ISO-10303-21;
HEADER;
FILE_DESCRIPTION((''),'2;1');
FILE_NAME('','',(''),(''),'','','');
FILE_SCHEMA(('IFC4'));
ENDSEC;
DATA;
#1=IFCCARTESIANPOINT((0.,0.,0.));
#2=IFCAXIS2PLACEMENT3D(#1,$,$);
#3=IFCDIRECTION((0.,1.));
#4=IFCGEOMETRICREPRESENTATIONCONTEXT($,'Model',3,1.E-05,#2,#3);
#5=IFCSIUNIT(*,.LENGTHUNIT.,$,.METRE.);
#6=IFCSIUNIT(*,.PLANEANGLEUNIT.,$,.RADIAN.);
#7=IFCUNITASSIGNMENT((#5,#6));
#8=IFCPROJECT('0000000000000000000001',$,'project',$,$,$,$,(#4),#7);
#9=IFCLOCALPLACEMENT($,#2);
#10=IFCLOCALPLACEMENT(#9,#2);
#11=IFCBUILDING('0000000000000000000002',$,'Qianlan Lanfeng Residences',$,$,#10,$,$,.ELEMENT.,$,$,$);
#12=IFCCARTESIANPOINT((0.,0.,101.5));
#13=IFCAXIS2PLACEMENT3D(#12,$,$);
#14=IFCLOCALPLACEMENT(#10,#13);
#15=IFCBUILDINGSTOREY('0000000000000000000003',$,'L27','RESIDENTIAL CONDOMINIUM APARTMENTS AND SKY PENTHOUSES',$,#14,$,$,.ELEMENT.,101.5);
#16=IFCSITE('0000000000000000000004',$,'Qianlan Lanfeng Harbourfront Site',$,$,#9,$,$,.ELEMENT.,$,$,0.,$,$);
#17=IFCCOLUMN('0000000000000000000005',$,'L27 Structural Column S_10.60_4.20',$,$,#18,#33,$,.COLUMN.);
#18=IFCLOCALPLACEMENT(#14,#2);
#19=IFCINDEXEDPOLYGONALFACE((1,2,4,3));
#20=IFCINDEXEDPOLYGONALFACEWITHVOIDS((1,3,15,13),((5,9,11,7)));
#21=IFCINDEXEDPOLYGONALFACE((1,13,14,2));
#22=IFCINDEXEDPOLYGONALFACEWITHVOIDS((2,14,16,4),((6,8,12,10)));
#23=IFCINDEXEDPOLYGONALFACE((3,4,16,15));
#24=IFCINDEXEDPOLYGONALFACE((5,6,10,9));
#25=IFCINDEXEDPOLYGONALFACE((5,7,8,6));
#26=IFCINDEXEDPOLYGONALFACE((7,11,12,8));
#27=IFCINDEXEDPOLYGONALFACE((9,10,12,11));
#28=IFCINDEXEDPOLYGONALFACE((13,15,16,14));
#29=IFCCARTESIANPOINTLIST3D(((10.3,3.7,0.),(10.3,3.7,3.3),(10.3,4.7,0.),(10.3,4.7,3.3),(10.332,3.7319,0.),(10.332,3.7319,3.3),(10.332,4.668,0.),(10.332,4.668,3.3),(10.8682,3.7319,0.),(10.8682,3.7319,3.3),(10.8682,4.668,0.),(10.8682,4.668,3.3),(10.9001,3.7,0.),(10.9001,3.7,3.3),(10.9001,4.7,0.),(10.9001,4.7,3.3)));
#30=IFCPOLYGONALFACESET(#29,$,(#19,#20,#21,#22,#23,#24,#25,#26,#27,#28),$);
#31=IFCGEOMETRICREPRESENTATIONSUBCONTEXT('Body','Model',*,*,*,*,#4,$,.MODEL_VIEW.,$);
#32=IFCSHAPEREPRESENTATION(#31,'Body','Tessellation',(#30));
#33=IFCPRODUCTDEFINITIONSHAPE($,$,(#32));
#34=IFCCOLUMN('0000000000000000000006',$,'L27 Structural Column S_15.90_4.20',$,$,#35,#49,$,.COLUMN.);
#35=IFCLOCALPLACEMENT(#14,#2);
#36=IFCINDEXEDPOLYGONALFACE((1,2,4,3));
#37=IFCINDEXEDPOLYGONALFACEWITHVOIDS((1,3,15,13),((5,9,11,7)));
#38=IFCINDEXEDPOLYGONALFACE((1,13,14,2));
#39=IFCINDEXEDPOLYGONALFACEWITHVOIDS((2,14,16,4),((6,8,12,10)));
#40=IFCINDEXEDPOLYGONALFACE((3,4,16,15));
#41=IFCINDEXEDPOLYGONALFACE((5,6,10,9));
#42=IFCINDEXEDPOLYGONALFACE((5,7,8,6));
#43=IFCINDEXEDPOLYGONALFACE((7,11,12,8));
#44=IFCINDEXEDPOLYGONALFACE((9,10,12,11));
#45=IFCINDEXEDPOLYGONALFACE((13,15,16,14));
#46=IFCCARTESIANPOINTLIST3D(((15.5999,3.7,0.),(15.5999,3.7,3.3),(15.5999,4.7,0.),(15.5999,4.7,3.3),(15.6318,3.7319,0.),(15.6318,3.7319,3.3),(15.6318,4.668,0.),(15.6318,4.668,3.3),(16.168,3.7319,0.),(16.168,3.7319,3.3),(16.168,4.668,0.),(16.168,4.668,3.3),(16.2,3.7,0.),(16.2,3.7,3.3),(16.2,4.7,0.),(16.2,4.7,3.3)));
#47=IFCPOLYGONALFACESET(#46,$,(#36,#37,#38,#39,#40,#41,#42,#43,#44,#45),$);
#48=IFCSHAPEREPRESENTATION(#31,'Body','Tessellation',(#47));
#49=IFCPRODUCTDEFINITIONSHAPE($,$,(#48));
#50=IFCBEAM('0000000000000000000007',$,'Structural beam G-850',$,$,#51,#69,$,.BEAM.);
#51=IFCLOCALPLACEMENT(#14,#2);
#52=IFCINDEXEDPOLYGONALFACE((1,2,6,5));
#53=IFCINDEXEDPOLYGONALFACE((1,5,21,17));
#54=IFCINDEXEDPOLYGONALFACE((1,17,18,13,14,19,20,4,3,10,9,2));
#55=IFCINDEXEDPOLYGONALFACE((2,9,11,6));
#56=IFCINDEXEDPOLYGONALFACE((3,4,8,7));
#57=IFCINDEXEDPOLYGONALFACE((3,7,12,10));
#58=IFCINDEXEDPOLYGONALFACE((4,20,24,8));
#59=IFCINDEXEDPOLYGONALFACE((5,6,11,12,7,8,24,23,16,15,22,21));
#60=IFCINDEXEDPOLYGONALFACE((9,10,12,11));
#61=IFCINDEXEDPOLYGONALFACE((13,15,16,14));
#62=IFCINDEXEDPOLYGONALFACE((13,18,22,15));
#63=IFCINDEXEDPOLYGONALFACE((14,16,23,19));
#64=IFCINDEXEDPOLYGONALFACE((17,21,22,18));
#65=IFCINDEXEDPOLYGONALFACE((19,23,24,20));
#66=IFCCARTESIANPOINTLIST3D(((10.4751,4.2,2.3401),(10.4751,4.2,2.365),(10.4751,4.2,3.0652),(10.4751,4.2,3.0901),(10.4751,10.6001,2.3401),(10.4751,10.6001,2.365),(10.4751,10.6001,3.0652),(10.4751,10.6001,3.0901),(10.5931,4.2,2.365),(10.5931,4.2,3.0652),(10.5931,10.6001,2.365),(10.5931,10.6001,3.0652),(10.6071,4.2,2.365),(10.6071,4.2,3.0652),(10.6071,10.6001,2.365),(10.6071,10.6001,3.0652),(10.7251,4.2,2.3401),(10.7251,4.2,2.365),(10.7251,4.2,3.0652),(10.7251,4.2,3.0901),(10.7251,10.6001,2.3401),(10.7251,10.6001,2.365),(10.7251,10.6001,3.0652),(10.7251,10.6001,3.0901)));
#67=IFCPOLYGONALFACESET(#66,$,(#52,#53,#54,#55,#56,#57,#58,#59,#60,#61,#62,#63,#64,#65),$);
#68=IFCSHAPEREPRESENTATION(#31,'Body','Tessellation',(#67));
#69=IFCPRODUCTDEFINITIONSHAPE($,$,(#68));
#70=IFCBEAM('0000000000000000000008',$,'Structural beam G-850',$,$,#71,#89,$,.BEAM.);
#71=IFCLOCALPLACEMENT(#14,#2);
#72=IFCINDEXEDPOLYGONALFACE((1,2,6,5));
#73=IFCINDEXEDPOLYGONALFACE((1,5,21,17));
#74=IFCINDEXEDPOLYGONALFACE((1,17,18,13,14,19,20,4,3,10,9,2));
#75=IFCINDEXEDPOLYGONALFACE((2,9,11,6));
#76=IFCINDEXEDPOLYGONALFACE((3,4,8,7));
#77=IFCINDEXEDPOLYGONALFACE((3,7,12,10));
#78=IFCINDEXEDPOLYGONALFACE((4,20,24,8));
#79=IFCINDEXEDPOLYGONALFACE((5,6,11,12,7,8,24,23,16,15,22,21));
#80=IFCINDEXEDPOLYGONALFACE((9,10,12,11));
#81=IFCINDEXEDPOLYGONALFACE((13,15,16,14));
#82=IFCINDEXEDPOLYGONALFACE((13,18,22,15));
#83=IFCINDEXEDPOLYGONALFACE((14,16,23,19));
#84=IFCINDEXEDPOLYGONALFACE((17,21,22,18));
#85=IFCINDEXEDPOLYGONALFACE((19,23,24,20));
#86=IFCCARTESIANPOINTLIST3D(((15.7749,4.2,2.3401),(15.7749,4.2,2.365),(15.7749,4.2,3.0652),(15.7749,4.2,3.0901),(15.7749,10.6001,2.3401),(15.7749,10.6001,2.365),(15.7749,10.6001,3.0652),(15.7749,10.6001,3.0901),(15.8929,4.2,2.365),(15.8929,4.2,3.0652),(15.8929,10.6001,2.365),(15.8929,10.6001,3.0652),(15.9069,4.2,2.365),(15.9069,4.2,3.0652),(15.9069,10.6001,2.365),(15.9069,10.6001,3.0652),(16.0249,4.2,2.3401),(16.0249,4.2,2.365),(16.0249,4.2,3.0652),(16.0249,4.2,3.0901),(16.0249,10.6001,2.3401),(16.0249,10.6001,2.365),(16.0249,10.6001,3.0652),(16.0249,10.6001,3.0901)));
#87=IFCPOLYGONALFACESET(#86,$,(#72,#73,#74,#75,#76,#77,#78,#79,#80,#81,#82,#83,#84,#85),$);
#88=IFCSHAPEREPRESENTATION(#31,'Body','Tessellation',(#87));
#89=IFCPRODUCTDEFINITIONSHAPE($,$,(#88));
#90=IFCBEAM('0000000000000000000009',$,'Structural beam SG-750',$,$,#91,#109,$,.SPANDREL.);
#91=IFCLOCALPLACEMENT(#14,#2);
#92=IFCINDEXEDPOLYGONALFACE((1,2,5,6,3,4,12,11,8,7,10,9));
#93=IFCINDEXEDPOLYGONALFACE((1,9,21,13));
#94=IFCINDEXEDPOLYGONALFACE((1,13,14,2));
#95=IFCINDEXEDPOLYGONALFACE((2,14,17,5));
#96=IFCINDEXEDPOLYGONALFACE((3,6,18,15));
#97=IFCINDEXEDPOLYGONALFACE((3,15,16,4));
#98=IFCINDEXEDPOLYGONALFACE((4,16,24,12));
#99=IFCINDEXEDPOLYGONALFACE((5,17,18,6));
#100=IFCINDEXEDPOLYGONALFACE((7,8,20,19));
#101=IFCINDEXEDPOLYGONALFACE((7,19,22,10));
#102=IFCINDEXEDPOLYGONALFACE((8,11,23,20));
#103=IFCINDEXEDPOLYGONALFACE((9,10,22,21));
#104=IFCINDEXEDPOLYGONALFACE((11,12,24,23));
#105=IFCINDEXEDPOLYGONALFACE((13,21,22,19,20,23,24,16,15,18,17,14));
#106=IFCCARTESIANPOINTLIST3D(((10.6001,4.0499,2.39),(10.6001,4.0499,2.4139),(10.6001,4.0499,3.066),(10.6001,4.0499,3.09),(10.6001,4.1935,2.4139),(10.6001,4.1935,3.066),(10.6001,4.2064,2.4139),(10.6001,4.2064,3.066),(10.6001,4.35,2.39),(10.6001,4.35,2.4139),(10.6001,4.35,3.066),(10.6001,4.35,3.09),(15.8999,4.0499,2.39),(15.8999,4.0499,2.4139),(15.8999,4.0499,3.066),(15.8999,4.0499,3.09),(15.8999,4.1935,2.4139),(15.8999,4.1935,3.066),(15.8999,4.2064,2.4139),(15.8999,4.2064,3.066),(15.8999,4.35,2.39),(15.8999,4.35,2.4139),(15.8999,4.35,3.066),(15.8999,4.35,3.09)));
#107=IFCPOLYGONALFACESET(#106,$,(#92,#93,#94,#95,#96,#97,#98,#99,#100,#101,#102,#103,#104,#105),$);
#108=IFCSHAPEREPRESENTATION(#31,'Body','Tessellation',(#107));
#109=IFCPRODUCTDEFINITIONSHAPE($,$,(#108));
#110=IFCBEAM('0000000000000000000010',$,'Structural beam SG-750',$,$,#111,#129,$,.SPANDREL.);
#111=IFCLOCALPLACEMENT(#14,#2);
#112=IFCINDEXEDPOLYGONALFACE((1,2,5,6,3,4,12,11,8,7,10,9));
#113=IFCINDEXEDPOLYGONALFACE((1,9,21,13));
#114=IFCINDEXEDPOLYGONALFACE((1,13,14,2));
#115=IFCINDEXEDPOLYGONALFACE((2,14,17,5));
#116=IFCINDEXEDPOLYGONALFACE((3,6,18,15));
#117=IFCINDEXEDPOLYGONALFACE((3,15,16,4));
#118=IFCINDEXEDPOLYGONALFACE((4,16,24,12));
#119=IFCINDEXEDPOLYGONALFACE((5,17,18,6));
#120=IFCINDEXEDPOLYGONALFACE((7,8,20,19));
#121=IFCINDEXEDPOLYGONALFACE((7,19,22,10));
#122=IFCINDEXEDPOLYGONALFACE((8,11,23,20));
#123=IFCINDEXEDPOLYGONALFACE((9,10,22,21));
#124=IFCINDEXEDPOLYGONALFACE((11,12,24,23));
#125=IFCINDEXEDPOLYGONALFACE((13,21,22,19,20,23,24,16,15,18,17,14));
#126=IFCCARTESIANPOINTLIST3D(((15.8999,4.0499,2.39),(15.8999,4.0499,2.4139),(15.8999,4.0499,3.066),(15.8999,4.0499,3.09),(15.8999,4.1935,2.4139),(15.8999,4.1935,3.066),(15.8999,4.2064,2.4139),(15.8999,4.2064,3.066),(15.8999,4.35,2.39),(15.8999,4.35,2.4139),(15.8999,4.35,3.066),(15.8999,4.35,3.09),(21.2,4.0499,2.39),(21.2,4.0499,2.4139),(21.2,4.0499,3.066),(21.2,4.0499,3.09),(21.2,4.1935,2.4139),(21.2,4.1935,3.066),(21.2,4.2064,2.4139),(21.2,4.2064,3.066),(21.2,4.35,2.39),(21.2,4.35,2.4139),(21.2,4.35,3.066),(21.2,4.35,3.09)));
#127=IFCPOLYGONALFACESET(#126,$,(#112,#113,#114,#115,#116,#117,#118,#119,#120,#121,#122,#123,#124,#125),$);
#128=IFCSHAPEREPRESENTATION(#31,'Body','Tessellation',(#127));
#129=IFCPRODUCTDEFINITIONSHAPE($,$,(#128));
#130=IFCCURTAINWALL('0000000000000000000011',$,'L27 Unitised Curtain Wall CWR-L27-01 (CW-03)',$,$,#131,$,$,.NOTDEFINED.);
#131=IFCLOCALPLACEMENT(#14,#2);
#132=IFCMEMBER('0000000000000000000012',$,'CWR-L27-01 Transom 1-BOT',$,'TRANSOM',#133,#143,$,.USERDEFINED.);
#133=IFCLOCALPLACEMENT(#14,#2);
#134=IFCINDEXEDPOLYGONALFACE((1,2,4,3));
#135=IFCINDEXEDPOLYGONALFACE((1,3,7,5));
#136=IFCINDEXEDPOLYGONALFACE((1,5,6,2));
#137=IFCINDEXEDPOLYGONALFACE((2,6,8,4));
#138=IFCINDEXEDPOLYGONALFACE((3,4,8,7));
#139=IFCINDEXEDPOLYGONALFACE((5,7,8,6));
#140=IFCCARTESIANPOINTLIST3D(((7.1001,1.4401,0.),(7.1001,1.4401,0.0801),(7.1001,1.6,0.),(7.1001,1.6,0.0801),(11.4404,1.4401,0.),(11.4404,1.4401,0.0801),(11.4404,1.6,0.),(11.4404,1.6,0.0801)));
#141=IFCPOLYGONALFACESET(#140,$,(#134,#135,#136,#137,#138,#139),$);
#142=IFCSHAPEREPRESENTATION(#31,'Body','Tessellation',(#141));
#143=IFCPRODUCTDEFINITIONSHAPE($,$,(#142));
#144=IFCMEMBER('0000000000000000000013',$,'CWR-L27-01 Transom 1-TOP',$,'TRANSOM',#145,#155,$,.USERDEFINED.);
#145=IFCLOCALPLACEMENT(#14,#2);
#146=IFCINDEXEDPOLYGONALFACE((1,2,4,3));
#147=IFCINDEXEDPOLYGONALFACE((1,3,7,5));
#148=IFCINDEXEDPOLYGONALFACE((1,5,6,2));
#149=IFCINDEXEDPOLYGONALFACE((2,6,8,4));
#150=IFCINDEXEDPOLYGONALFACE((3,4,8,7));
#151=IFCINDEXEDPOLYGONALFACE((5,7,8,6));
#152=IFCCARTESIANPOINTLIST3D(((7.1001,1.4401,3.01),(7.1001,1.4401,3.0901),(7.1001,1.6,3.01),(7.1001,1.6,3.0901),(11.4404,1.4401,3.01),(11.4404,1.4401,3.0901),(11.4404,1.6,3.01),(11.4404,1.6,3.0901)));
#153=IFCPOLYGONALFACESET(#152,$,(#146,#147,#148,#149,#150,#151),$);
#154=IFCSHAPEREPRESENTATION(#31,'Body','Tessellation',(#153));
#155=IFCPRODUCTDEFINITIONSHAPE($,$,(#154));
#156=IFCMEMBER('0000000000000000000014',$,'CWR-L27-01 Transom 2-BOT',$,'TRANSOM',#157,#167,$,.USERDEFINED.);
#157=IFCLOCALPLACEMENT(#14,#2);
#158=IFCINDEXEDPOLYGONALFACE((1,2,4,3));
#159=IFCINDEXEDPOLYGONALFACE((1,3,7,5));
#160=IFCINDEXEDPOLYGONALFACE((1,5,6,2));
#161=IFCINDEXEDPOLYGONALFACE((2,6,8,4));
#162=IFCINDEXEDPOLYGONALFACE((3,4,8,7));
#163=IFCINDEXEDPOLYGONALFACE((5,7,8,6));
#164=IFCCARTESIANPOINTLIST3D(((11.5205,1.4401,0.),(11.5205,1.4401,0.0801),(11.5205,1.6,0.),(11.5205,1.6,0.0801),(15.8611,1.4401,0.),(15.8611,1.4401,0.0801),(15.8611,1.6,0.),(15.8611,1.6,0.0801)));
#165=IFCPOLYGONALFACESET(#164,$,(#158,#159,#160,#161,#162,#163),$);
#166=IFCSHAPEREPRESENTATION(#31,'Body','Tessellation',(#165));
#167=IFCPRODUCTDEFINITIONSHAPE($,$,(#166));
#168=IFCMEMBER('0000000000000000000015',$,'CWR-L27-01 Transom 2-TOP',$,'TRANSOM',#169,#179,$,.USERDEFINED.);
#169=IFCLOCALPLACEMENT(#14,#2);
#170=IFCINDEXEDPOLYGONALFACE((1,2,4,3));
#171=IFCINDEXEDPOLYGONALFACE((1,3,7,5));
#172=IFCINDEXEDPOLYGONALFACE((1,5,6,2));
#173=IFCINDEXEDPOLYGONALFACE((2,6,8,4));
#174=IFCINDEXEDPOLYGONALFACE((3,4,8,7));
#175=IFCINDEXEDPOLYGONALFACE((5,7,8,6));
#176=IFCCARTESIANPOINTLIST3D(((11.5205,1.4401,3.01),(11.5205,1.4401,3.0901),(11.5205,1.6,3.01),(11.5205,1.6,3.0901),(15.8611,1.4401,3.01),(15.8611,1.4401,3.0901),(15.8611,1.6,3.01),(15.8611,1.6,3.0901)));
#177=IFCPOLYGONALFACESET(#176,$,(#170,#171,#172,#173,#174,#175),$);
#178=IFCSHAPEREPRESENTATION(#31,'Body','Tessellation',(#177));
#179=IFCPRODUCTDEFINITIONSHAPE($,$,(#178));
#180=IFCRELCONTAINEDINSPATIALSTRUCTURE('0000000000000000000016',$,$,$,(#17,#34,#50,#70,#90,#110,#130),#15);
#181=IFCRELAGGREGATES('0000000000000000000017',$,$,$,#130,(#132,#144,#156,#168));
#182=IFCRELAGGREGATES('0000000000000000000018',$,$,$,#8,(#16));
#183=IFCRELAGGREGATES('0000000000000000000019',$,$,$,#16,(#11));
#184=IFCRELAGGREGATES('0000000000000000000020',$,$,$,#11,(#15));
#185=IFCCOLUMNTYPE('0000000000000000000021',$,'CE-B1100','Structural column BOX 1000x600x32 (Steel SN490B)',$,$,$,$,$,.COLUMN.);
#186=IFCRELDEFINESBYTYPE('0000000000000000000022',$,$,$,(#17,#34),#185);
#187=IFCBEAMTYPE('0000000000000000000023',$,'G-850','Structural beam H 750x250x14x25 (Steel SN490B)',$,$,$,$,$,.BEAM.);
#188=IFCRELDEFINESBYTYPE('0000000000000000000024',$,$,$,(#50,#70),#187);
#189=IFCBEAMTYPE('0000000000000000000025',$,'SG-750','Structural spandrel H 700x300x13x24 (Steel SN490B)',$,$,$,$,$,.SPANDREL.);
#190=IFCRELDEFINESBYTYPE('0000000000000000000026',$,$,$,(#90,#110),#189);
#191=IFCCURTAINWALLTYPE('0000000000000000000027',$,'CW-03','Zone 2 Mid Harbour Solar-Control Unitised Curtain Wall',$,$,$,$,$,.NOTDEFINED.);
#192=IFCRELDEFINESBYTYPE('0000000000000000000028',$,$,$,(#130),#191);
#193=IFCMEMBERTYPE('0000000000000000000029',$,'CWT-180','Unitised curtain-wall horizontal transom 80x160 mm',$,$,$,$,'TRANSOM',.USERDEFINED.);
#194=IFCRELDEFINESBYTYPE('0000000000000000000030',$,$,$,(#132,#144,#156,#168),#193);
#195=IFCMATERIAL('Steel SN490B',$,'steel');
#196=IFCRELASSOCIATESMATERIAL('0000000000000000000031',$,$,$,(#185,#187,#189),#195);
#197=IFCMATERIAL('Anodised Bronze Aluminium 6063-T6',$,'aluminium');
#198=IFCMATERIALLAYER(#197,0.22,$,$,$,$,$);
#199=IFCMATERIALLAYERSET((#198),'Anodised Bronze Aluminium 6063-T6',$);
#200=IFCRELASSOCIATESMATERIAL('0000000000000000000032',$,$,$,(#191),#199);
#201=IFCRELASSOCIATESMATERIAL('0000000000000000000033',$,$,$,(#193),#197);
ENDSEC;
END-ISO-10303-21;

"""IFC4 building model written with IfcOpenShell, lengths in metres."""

from ifc_helpers import new_model, si_unit, direction, frame, origin, origin_2d, place, context, subcontext, project, spatial, rectangle, hollow_rectangle, i_section, extrude, source, transform, mapped, material, layer, layer_set, material_profile, profile_set, type_object, element, aggregate, save


model = new_model("IFC4")

# Units and contexts
model_context = context("Model", 3, precision=1e-05, world=origin(), true_north=direction((0.0, 1.0)))
body_context = subcontext(model_context, "Body", "Model", "MODEL_VIEW")
ifc_project = project(units=[si_unit("LENGTHUNIT", "METRE"), si_unit("PLANEANGLEUNIT", "RADIAN")], contexts=[model_context])

# Site, building, storey
site_placement = place(None, origin())
site = spatial("IfcSite", under=ifc_project, at=site_placement, Name="Qianlan Lanfeng Harbourfront Site", CompositionType="ELEMENT", RefElevation=0.0)
building_placement = place(site_placement, origin())
building = spatial("IfcBuilding", under=site, at=building_placement, Name="Qianlan Lanfeng Residences", CompositionType="ELEMENT")
storey_placement = place(building_placement, frame((0.0, 0.0, 101.5)))
storey = spatial("IfcBuildingStorey", under=building, at=storey_placement, Name="L27", Description="RESIDENTIAL CONDOMINIUM APARTMENTS AND SKY PENTHOUSES", CompositionType="ELEMENT", Elevation=101.5)

# Columns
ifc_material_1 = material(Name="Steel SN490B", Category="steel")
ifc_material_profile_1 = material_profile(ifc_material_1, hollow_rectangle(XDim=0.6001, YDim=1.0, WallThickness=0.032, at=origin_2d()), Name="BOX 1000x600x32")
ifc_profile_set_1 = profile_set([ifc_material_profile_1], Name="Steel SN490B")
column_type = type_object("IfcColumnType", Name="CE-B1100", Description="Structural column BOX 1000x600x32 (Steel SN490B)", PredefinedType="COLUMN", material=ifc_profile_set_1)
for number, where, z_axis, x_axis, name in (
    (1, (10.6001, 4.2, 0.0), (0.0, 0.0, 1.0), (1.0, 0.0, 0.0), "L27 Structural Column S_10.60_4.20"),
    (2, (15.8999, 4.2, 0.0), (0.0, 0.0, 1.0), (1.0, 0.0, 0.0), "L27 Structural Column S_15.90_4.20"),
):
    element("IfcColumn", number, at=place(storey_placement, frame(where, z_axis=z_axis, x_axis=x_axis)), inside=storey, type_object=column_type, Name=name, PredefinedType="COLUMN", context=body_context, shape_type="SweptSolid", body=[
        extrude(hollow_rectangle(XDim=0.6001, YDim=1.0, WallThickness=0.032, at=origin_2d()), origin(), (0.0, 0.0, 1.0), 3.3),
    ])

# Beams
ifc_material_profile_2 = material_profile(ifc_material_1, i_section(OverallWidth=0.25, OverallDepth=0.75, WebThickness=0.0139, FlangeThickness=0.0249, at=origin_2d()), Name="H 750x250x14x25")
ifc_profile_set_2 = profile_set([ifc_material_profile_2], Name="Steel SN490B")
beam_type_1 = type_object("IfcBeamType", Name="G-850", Description="Structural beam H 750x250x14x25 (Steel SN490B)", PredefinedType="BEAM", material=ifc_profile_set_2)
for number, where, z_axis, x_axis, name in (
    (3, (10.6001, 4.2, 2.7151), (0.0, 1.0, 0.0), (-1.0, 0.0, 0.0), "Structural beam G-850"),
    (4, (15.8999, 4.2, 2.7151), (0.0, 1.0, 0.0), (-1.0, 0.0, 0.0), "Structural beam G-850"),
):
    element("IfcBeam", number, at=place(storey_placement, frame(where, z_axis=z_axis, x_axis=x_axis)), inside=storey, type_object=beam_type_1, Name=name, PredefinedType="BEAM", context=body_context, shape_type="SweptSolid", body=[
        extrude(i_section(OverallWidth=0.25, OverallDepth=0.75, WebThickness=0.0139, FlangeThickness=0.0249, at=origin_2d()), origin(), (0.0, 0.0, 1.0), 6.4001),
    ])
ifc_material_profile_3 = material_profile(ifc_material_1, i_section(OverallWidth=0.3, OverallDepth=0.7, WebThickness=0.0129, FlangeThickness=0.0239, at=origin_2d()), Name="H 700x300x13x24")
ifc_profile_set_3 = profile_set([ifc_material_profile_3], Name="Steel SN490B")
beam_type_2 = type_object("IfcBeamType", Name="SG-750", Description="Structural spandrel H 700x300x13x24 (Steel SN490B)", PredefinedType="SPANDREL", material=ifc_profile_set_3)
beam_1_placement = place(storey_placement, frame((10.6001, 4.2, 2.74), z_axis=(1.0, 0.0, 0.0), x_axis=(0.0, 1.0, 0.0)))
element("IfcBeam", 5, at=beam_1_placement, inside=storey, type_object=beam_type_2, Name="Structural beam SG-750", PredefinedType="SPANDREL", context=body_context, shape_type="SweptSolid", body=[
    extrude(i_section(OverallWidth=0.3, OverallDepth=0.7, WebThickness=0.0129, FlangeThickness=0.0239, at=origin_2d()), origin(), (0.0, 0.0, 1.0), 5.2998),
])
beam_2_placement = place(storey_placement, frame((15.8999, 4.2, 2.74), z_axis=(1.0, 0.0, 0.0), x_axis=(0.0, 1.0, 0.0)))
element("IfcBeam", 6, at=beam_2_placement, inside=storey, type_object=beam_type_2, Name="Structural beam SG-750", PredefinedType="SPANDREL", context=body_context, shape_type="SweptSolid", body=[
    extrude(i_section(OverallWidth=0.3, OverallDepth=0.7, WebThickness=0.0129, FlangeThickness=0.0239, at=origin_2d()), origin(), (0.0, 0.0, 1.0), 5.3),
])

# Curtain wall, members
ifc_material_2 = material(Name="Anodised Bronze Aluminium 6063-T6", Category="aluminium")
ifc_layer_1 = layer(ifc_material_2, 0.22)
ifc_layer_set_1 = layer_set([ifc_layer_1], Name="Anodised Bronze Aluminium 6063-T6")
curtain_wall_type = type_object("IfcCurtainWallType", Name="CW-03", Description="Zone 2 Mid Harbour Solar-Control Unitised Curtain Wall", PredefinedType="NOTDEFINED", material=ifc_layer_set_1)
curtain_wall_placement = place(storey_placement, origin())
curtain_wall = element("IfcCurtainWall", 7, at=curtain_wall_placement, inside=storey, type_object=curtain_wall_type, Name="L27 Unitised Curtain Wall CWR-L27-01 (CW-03)", PredefinedType="NOTDEFINED")
ifc_material_profile_4 = material_profile(ifc_material_2, rectangle(XDim=0.0801, YDim=0.1599, at=origin_2d()), Name="ALU TRANSOM 80x160")
ifc_profile_set_4 = profile_set([ifc_material_profile_4], Name="Anodised Bronze Aluminium 6063-T6")
member_type_1 = type_object("IfcMemberType", Name="CWT-180", Description="Unitised curtain-wall horizontal transom 80x160 mm", ElementType="TRANSOM", PredefinedType="USERDEFINED", material=ifc_profile_set_4)
shared_shape_1 = source(origin(), body_context, "Body", "SweptSolid", [
    extrude(rectangle(XDim=0.0801, YDim=0.1599, at=origin_2d()), origin(), (0.0, 0.0, 1.0), 4.3403),
])
member_1_placement = place(storey_placement, frame((7.1001, 1.52, 0.04), z_axis=(1.0, 0.0, 0.0), x_axis=(0.0, 0.0, 1.0)))
member_1 = element("IfcMember", 8, at=member_1_placement, type_object=member_type_1, Name="CWR-L27-01 Transom 1-BOT", ObjectType="TRANSOM", PredefinedType="USERDEFINED", context=body_context, shape_type="MappedRepresentation", body=[
    mapped(shared_shape_1, transform((0.0, 0.0, 0.0), scale=1.0)),
])
member_2_placement = place(storey_placement, frame((7.1001, 1.52, 3.05), z_axis=(1.0, 0.0, 0.0), x_axis=(0.0, 0.0, 1.0)))
member_2 = element("IfcMember", 9, at=member_2_placement, type_object=member_type_1, Name="CWR-L27-01 Transom 1-TOP", ObjectType="TRANSOM", PredefinedType="USERDEFINED", context=body_context, shape_type="MappedRepresentation", body=[
    mapped(shared_shape_1, transform((0.0, 0.0, 0.0), scale=1.0)),
])
shared_shape_2 = source(origin(), body_context, "Body", "SweptSolid", [
    extrude(rectangle(XDim=0.0801, YDim=0.1599, at=origin_2d()), origin(), (0.0, 0.0, 1.0), 4.3406),
])
member_3_placement = place(storey_placement, frame((11.5205, 1.52, 0.04), z_axis=(1.0, 0.0, 0.0), x_axis=(0.0, 0.0, 1.0)))
member_3 = element("IfcMember", 10, at=member_3_placement, type_object=member_type_1, Name="CWR-L27-01 Transom 2-BOT", ObjectType="TRANSOM", PredefinedType="USERDEFINED", context=body_context, shape_type="MappedRepresentation", body=[
    mapped(shared_shape_2, transform((0.0, 0.0, 0.0), scale=1.0)),
])
member_4_placement = place(storey_placement, frame((11.5205, 1.52, 3.05), z_axis=(1.0, 0.0, 0.0), x_axis=(0.0, 0.0, 1.0)))
member_4 = element("IfcMember", 11, at=member_4_placement, type_object=member_type_1, Name="CWR-L27-01 Transom 2-TOP", ObjectType="TRANSOM", PredefinedType="USERDEFINED", context=body_context, shape_type="MappedRepresentation", body=[
    mapped(shared_shape_2, transform((0.0, 0.0, 0.0), scale=1.0)),
])
aggregate(curtain_wall, [member_1, member_2, member_3, member_4])

save(model, "model.ifc")
